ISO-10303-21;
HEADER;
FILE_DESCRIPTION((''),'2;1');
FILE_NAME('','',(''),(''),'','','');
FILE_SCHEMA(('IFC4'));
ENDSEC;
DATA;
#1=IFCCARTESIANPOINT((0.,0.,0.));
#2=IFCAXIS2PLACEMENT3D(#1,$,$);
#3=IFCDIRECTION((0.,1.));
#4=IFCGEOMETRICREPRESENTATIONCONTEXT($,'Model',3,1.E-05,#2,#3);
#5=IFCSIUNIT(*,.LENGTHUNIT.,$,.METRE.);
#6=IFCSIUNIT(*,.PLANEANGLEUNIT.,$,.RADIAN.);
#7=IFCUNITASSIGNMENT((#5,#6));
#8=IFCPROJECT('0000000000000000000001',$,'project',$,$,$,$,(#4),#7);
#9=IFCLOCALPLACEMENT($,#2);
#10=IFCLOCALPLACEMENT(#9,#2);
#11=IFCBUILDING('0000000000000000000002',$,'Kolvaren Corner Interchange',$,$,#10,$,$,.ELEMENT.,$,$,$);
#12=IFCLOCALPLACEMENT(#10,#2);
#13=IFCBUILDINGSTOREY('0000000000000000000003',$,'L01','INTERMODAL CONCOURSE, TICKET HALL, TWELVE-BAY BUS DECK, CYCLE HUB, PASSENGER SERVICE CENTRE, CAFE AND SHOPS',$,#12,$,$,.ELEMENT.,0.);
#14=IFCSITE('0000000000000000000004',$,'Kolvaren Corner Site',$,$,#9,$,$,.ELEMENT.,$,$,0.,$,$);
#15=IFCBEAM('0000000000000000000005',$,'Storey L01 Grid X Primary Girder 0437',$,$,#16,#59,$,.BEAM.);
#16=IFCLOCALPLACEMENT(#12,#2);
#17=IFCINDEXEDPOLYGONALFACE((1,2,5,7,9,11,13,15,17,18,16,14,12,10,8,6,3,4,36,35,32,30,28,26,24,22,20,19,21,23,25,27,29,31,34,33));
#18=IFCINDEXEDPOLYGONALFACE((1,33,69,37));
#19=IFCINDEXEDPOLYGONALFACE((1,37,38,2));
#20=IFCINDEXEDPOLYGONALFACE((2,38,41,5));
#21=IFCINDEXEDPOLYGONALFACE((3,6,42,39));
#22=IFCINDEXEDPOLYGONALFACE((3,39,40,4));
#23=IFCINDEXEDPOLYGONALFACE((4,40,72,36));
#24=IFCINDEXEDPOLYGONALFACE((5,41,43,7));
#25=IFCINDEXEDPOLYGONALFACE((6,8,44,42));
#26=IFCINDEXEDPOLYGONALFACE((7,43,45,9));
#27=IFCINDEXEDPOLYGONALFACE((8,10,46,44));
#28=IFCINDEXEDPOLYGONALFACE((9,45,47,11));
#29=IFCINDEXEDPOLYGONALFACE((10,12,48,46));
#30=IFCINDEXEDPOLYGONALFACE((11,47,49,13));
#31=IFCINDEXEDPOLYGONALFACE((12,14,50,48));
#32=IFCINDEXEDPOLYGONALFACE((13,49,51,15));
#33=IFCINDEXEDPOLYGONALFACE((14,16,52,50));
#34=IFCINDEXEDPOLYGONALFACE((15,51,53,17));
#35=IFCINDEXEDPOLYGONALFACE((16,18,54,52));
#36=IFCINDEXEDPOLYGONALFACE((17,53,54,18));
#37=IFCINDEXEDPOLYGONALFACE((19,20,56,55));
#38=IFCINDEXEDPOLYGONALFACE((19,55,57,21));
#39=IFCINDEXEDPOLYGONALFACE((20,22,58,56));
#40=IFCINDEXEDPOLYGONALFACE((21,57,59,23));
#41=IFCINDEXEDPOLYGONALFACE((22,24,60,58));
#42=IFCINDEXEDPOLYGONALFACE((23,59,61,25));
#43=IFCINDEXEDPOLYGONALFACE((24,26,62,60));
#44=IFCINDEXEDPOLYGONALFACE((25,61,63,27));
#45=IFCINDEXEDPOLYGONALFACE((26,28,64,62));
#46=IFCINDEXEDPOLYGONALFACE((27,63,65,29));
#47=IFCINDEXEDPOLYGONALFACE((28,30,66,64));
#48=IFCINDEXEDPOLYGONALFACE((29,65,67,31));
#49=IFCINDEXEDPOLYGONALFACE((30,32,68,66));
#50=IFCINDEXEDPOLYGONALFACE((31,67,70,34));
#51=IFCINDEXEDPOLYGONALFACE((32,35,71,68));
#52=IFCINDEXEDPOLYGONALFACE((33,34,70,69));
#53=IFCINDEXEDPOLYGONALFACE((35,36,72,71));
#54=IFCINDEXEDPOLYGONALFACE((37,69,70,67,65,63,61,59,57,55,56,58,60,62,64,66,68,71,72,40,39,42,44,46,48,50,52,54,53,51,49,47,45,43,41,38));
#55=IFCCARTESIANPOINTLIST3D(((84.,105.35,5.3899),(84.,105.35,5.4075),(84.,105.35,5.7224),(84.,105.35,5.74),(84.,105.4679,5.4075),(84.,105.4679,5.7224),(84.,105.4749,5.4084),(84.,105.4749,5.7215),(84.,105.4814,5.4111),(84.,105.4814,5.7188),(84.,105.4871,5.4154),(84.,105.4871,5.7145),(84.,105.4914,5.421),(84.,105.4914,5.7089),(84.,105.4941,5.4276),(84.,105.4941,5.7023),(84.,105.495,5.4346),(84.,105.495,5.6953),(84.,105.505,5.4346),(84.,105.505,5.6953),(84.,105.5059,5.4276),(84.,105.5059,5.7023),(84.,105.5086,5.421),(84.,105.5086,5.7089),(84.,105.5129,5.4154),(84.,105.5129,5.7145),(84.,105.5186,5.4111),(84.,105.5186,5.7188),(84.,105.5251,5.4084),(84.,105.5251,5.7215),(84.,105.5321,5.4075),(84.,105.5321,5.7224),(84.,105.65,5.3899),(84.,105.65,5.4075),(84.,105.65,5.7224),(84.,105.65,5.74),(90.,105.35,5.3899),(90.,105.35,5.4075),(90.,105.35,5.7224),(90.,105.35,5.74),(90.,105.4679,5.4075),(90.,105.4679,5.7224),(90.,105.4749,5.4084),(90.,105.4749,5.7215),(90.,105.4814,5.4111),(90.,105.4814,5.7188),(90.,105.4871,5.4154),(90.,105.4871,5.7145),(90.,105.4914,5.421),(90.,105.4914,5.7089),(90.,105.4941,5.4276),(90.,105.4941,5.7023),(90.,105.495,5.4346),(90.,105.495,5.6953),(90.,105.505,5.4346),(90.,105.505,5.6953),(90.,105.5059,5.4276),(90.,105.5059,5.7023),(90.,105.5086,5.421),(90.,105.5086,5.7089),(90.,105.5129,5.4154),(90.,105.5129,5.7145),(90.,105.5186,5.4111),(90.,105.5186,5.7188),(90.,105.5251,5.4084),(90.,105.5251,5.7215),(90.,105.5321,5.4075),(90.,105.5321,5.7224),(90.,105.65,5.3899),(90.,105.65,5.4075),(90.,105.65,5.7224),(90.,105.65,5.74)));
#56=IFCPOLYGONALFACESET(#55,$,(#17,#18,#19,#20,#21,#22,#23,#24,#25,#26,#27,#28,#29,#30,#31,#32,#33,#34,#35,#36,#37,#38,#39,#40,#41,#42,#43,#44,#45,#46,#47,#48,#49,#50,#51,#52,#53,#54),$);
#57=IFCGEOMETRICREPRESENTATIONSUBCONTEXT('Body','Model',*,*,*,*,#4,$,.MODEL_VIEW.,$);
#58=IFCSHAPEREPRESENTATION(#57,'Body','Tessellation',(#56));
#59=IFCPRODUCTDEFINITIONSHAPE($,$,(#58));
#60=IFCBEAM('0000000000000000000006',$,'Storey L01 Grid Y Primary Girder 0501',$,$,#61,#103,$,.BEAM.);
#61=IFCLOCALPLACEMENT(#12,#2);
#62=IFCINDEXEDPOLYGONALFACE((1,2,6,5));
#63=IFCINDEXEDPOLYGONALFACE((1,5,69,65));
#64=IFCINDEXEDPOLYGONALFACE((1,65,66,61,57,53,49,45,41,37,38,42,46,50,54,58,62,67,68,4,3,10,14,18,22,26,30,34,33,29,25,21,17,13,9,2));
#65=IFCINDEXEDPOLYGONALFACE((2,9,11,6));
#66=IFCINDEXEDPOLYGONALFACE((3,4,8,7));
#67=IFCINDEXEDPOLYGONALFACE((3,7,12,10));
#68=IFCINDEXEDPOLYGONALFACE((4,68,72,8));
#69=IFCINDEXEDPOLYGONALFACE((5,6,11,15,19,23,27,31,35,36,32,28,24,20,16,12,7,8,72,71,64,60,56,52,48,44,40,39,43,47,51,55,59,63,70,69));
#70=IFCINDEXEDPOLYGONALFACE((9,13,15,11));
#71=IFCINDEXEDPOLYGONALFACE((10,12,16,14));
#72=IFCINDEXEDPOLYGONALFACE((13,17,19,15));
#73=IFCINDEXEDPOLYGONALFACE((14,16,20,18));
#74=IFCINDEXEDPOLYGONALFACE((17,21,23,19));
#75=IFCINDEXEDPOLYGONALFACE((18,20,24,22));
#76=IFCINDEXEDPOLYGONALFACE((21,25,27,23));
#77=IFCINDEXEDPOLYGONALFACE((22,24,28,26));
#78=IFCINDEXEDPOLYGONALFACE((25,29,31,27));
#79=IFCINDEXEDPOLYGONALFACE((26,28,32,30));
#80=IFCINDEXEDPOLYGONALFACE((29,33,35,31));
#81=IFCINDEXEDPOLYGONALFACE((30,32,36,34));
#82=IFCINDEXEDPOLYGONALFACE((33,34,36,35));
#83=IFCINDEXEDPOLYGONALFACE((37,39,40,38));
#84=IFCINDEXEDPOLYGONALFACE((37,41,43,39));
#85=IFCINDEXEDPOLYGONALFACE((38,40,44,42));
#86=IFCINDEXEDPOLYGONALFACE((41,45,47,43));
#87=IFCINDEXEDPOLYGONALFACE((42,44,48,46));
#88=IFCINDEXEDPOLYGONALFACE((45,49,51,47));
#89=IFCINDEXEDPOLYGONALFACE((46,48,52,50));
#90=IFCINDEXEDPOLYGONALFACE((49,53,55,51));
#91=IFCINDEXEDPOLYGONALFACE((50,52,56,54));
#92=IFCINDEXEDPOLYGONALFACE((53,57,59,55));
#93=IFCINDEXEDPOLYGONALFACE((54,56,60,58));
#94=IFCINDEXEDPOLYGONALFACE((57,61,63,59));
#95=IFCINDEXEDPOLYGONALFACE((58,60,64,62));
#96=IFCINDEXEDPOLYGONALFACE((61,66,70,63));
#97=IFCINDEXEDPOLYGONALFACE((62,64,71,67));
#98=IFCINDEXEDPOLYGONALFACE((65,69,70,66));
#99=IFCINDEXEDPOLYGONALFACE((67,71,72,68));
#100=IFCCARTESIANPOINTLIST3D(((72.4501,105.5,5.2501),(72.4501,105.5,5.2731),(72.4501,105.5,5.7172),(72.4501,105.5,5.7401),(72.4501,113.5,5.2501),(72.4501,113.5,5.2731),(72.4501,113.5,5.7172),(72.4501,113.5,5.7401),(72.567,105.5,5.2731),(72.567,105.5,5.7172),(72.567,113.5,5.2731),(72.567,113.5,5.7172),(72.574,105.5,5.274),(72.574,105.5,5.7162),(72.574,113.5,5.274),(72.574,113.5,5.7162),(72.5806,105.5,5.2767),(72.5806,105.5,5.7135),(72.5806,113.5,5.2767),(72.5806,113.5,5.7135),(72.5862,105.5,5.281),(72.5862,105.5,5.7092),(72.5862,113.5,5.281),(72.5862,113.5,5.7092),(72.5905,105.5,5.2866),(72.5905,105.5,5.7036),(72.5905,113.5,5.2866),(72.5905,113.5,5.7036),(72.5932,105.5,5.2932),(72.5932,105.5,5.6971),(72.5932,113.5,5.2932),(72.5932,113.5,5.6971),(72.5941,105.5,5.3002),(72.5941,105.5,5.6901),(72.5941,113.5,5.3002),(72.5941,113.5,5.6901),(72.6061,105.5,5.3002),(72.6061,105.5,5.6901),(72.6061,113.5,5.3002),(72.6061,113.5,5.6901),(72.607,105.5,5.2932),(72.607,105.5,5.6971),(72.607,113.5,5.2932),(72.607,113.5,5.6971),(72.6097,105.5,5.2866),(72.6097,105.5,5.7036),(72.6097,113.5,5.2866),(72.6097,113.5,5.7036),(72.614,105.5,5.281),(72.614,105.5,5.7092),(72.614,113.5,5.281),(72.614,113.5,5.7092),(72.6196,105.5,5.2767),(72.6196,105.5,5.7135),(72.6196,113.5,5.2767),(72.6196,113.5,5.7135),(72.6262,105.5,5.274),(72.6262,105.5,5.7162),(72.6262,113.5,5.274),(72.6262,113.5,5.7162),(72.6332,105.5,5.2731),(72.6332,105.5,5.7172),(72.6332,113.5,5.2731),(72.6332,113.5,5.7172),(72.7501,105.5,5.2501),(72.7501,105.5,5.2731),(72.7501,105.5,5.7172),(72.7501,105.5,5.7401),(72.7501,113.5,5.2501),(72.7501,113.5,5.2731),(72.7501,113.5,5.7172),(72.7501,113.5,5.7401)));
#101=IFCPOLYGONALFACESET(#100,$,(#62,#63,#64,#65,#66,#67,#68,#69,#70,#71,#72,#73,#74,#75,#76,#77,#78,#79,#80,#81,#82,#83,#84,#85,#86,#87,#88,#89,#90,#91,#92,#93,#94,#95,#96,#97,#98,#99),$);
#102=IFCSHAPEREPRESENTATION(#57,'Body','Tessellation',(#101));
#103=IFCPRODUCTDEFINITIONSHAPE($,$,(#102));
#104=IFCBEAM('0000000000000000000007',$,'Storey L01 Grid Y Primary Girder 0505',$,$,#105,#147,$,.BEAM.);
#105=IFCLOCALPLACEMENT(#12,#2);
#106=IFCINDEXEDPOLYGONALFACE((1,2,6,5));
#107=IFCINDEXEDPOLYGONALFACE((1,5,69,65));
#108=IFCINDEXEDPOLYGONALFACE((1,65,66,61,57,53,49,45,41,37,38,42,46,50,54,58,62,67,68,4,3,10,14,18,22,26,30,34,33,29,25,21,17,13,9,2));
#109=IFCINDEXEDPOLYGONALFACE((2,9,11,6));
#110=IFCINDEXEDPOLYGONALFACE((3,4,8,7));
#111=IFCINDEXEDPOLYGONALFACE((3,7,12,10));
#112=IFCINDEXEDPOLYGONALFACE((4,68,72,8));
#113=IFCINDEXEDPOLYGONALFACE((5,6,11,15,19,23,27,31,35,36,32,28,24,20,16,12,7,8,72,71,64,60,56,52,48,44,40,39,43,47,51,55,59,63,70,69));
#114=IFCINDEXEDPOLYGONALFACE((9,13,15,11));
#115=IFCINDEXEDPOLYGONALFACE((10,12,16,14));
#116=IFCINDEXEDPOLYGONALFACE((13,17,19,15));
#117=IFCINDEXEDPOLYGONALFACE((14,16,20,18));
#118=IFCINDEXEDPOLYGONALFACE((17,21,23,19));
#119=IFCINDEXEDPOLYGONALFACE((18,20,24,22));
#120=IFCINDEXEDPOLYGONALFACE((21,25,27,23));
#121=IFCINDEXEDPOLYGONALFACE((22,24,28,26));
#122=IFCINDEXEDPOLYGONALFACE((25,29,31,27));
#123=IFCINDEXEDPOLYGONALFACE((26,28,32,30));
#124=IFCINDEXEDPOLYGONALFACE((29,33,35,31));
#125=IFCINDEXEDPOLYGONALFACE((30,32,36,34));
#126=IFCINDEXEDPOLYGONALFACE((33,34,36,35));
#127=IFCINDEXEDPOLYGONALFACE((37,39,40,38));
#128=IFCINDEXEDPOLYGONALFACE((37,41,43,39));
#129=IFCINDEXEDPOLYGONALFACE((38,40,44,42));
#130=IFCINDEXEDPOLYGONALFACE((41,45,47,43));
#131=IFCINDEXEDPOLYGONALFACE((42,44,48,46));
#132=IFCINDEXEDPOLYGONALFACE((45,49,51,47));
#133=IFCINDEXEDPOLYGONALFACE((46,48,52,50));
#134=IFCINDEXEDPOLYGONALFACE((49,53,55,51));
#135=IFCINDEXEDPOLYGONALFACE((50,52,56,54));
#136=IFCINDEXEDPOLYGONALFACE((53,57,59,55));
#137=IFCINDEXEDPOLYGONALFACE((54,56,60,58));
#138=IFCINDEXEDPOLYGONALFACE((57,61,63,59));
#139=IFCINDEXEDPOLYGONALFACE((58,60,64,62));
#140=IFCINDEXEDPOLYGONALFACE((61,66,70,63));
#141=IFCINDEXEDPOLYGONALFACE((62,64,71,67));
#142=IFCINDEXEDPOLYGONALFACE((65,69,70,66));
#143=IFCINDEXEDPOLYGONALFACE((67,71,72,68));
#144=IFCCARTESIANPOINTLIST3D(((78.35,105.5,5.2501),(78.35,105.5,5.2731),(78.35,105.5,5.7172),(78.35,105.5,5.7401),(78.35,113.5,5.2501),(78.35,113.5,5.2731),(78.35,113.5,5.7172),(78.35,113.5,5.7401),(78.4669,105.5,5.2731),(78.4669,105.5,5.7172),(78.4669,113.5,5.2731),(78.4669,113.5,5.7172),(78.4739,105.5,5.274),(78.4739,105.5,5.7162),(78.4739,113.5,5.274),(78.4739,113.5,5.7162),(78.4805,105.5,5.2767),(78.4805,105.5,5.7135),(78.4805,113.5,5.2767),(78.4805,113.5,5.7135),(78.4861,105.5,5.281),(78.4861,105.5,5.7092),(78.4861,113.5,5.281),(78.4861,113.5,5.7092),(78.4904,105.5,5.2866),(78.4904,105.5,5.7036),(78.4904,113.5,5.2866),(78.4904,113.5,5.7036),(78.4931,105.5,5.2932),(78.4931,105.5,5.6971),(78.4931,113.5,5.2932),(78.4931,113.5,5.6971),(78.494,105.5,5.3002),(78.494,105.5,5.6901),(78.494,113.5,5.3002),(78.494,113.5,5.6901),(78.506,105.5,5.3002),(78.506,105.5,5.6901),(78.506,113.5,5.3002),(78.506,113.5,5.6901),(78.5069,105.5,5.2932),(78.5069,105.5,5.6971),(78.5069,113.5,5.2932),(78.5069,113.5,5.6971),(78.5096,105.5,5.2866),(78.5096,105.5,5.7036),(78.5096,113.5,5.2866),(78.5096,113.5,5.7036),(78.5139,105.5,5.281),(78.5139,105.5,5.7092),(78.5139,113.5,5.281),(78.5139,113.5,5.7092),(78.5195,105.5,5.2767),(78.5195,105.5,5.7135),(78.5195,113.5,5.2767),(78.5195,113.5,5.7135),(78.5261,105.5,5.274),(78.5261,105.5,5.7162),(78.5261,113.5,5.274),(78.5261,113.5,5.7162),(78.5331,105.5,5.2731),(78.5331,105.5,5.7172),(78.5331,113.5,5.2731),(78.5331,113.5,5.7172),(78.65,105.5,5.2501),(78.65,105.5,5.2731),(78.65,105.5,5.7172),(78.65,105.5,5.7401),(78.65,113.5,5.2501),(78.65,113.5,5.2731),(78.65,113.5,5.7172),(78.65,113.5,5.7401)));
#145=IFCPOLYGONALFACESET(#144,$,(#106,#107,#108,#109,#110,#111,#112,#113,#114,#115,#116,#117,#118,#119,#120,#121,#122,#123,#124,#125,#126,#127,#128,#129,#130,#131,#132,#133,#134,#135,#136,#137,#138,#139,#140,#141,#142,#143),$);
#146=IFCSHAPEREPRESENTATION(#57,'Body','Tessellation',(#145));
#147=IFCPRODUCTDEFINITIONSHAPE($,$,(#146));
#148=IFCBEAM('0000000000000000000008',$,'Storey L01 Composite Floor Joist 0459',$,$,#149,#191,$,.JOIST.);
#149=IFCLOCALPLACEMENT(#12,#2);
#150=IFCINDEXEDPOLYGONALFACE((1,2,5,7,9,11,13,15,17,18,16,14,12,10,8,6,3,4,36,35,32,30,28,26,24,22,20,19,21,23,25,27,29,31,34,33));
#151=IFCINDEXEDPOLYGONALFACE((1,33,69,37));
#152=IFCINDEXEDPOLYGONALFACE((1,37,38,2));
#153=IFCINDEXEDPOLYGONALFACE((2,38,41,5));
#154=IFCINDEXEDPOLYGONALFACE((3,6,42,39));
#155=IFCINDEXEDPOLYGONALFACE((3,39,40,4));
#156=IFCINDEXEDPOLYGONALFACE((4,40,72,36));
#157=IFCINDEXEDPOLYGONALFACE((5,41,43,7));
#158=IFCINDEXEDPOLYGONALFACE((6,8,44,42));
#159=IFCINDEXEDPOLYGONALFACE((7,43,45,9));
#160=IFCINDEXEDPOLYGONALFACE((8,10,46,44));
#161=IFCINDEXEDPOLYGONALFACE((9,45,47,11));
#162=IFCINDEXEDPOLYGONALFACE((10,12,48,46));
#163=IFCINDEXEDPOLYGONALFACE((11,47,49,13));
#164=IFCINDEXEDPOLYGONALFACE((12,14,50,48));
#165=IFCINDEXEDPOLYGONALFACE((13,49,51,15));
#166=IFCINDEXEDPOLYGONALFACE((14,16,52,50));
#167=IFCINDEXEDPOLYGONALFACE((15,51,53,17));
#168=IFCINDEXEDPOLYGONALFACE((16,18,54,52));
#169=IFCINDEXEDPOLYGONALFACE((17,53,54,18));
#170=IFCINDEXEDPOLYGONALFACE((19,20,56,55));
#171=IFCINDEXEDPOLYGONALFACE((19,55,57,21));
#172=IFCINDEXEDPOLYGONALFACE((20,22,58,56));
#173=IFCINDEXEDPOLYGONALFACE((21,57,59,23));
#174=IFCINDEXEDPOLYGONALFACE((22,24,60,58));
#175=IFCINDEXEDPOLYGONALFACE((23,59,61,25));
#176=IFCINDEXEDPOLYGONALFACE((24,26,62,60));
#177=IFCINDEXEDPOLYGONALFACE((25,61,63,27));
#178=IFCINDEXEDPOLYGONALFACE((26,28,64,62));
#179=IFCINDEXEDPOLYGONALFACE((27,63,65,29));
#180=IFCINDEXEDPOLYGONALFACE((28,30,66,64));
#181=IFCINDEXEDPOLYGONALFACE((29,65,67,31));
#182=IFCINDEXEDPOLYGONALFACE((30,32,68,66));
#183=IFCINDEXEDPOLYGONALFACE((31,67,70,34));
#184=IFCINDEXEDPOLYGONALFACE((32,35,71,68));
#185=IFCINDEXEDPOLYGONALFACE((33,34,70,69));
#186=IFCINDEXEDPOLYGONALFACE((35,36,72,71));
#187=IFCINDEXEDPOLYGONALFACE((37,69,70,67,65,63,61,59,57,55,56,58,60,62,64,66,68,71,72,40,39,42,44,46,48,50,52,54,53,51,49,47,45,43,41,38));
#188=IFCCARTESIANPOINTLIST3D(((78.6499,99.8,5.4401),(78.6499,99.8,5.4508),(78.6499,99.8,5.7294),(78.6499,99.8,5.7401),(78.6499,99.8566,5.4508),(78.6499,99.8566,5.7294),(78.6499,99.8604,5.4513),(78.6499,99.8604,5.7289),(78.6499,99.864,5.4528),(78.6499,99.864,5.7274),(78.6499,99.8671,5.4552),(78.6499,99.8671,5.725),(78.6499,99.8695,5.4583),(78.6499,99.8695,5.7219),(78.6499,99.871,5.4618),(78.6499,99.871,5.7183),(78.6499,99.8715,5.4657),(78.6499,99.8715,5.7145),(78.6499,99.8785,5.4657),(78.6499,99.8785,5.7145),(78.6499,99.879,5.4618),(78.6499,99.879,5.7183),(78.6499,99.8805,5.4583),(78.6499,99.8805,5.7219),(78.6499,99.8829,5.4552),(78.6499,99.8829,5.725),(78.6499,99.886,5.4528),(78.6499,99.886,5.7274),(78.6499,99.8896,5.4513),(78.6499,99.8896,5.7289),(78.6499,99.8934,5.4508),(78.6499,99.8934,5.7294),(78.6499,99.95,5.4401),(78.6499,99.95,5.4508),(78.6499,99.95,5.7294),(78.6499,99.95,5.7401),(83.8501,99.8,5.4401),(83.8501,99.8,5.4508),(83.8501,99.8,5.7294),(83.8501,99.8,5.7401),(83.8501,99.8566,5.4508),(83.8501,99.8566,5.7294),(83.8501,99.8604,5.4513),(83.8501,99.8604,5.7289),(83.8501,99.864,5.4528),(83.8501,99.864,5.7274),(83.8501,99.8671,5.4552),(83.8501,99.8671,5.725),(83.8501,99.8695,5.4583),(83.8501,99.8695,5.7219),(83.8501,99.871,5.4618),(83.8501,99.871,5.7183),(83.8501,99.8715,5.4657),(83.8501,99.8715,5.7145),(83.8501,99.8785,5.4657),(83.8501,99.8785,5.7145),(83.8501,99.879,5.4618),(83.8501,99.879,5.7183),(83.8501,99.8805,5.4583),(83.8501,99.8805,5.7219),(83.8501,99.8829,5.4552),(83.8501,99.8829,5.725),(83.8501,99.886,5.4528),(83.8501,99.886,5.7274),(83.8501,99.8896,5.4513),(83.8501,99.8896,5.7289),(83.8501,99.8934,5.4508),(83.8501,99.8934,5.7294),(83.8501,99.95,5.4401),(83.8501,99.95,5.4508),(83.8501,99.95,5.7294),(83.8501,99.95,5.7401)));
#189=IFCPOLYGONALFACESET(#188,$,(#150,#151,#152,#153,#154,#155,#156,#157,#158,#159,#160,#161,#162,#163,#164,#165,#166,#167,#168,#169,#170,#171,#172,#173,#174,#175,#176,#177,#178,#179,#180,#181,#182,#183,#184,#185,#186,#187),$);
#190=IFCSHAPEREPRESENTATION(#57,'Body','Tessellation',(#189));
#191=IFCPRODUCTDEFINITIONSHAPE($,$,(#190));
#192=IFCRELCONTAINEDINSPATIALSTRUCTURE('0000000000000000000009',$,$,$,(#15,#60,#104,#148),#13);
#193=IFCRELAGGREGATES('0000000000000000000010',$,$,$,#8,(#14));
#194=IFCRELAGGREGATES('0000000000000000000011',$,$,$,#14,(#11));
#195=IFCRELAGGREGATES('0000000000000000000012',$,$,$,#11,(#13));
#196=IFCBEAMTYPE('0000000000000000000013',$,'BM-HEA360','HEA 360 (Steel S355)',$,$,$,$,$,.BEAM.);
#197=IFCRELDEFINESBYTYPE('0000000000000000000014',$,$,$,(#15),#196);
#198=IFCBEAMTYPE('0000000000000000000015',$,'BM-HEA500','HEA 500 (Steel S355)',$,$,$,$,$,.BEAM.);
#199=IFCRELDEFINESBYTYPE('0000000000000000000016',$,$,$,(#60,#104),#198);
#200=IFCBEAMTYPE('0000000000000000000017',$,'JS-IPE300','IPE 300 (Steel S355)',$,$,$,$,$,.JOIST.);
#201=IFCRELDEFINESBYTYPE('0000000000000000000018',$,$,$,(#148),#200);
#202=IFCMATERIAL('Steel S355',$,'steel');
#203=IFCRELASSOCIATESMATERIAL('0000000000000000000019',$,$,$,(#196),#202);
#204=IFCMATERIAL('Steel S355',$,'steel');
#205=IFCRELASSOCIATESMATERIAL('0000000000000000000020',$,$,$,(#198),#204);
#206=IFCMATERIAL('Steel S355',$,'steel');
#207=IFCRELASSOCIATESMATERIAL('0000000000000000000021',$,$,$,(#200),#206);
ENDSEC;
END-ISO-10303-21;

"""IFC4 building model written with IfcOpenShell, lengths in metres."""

from ifc_helpers import new_model, si_unit, direction, frame, origin, origin_2d, place, context, subcontext, project, spatial, i_section, extrude, material, material_profile, profile_set, type_object, element, save


model = new_model("IFC4")

# Units and contexts
model_context = context("Model", 3, precision=1e-05, world=origin(), true_north=direction((0.0, 1.0)))
body_context = subcontext(model_context, "Body", "Model", "MODEL_VIEW")
ifc_project = project(units=[si_unit("LENGTHUNIT", "METRE"), si_unit("PLANEANGLEUNIT", "RADIAN")], contexts=[model_context])

# Site, building, storey
site_placement = place(None, origin())
site = spatial("IfcSite", under=ifc_project, at=site_placement, Name="Kolvaren Corner Site", CompositionType="ELEMENT", RefElevation=0.0)
building_placement = place(site_placement, origin())
building = spatial("IfcBuilding", under=site, at=building_placement, Name="Kolvaren Corner Interchange", CompositionType="ELEMENT")
storey_placement = place(building_placement, origin())
storey = spatial("IfcBuildingStorey", under=building, at=storey_placement, Name="L01", Description="INTERMODAL CONCOURSE, TICKET HALL, TWELVE-BAY BUS DECK, CYCLE HUB, PASSENGER SERVICE CENTRE, CAFE AND SHOPS", CompositionType="ELEMENT", Elevation=0.0)

# Beams
ifc_material_1 = material(Name="Steel S355", Category="steel")
ifc_material_profile_1 = material_profile(ifc_material_1, i_section(OverallWidth=0.3, OverallDepth=0.3501, WebThickness=0.01, FlangeThickness=0.0176, FilletRadius=0.0271, at=origin_2d()), Name="HEA 360")
ifc_profile_set_1 = profile_set([ifc_material_profile_1], Name="Steel S355")
beam_type_1 = type_object("IfcBeamType", Name="BM-HEA360", Description="HEA 360 (Steel S355)", PredefinedType="BEAM", material=ifc_profile_set_1)
beam_1_placement = place(storey_placement, frame((84.0, 105.5, 5.5649), z_axis=(1.0, 0.0, 0.0), x_axis=(0.0, 1.0, 0.0)))
element("IfcBeam", 1, at=beam_1_placement, inside=storey, type_object=beam_type_1, Name="Storey L01 Grid X Primary Girder 0437", PredefinedType="BEAM", context=body_context, shape_type="SweptSolid", body=[
    extrude(i_section(OverallWidth=0.3, OverallDepth=0.3501, WebThickness=0.01, FlangeThickness=0.0176, FilletRadius=0.0271, at=origin_2d()), origin(), (0.0, 0.0, 1.0), 6.0),
])
ifc_material_2 = material(Name="Steel S355", Category="steel")
ifc_material_profile_2 = material_profile(ifc_material_2, i_section(OverallWidth=0.3, OverallDepth=0.49, WebThickness=0.012, FlangeThickness=0.0229, FilletRadius=0.0271, at=origin_2d()), Name="HEA 500")
ifc_profile_set_2 = profile_set([ifc_material_profile_2], Name="Steel S355")
beam_type_2 = type_object("IfcBeamType", Name="BM-HEA500", Description="HEA 500 (Steel S355)", PredefinedType="BEAM", material=ifc_profile_set_2)
for number, where, z_axis, x_axis, name in (
    (2, (72.6001, 105.5, 5.4951), (0.0, 1.0, 0.0), (-1.0, 0.0, 0.0), "Storey L01 Grid Y Primary Girder 0501"),
    (3, (78.5, 105.5, 5.4951), (0.0, 1.0, 0.0), (-1.0, 0.0, 0.0), "Storey L01 Grid Y Primary Girder 0505"),
):
    element("IfcBeam", number, at=place(storey_placement, frame(where, z_axis=z_axis, x_axis=x_axis)), inside=storey, type_object=beam_type_2, Name=name, PredefinedType="BEAM", context=body_context, shape_type="SweptSolid", body=[
        extrude(i_section(OverallWidth=0.3, OverallDepth=0.49, WebThickness=0.012, FlangeThickness=0.0229, FilletRadius=0.0271, at=origin_2d()), origin(), (0.0, 0.0, 1.0), 8.0),
    ])
ifc_material_3 = material(Name="Steel S355", Category="steel")
ifc_material_profile_3 = material_profile(ifc_material_3, i_section(OverallWidth=0.1499, OverallDepth=0.3, WebThickness=0.0071, FlangeThickness=0.0107, FilletRadius=0.0149, at=origin_2d()), Name="IPE 300")
ifc_profile_set_3 = profile_set([ifc_material_profile_3], Name="Steel S355")
beam_type_3 = type_object("IfcBeamType", Name="JS-IPE300", Description="IPE 300 (Steel S355)", PredefinedType="JOIST", material=ifc_profile_set_3)
for number, where, z_axis, x_axis, name in (
    (4, (78.6499, 99.875, 5.5901), (1.0, 0.0, 0.0), (0.0, 1.0, 0.0), "Storey L01 Composite Floor Joist 0459"),
):
    element("IfcBeam", number, at=place(storey_placement, frame(where, z_axis=z_axis, x_axis=x_axis)), inside=storey, type_object=beam_type_3, Name=name, PredefinedType="JOIST", context=body_context, shape_type="SweptSolid", body=[
        extrude(i_section(OverallWidth=0.1499, OverallDepth=0.3, WebThickness=0.0071, FlangeThickness=0.0107, FilletRadius=0.0149, at=origin_2d()), origin(), (0.0, 0.0, 1.0), 5.2002),
    ])

save(model, "model.ifc")
